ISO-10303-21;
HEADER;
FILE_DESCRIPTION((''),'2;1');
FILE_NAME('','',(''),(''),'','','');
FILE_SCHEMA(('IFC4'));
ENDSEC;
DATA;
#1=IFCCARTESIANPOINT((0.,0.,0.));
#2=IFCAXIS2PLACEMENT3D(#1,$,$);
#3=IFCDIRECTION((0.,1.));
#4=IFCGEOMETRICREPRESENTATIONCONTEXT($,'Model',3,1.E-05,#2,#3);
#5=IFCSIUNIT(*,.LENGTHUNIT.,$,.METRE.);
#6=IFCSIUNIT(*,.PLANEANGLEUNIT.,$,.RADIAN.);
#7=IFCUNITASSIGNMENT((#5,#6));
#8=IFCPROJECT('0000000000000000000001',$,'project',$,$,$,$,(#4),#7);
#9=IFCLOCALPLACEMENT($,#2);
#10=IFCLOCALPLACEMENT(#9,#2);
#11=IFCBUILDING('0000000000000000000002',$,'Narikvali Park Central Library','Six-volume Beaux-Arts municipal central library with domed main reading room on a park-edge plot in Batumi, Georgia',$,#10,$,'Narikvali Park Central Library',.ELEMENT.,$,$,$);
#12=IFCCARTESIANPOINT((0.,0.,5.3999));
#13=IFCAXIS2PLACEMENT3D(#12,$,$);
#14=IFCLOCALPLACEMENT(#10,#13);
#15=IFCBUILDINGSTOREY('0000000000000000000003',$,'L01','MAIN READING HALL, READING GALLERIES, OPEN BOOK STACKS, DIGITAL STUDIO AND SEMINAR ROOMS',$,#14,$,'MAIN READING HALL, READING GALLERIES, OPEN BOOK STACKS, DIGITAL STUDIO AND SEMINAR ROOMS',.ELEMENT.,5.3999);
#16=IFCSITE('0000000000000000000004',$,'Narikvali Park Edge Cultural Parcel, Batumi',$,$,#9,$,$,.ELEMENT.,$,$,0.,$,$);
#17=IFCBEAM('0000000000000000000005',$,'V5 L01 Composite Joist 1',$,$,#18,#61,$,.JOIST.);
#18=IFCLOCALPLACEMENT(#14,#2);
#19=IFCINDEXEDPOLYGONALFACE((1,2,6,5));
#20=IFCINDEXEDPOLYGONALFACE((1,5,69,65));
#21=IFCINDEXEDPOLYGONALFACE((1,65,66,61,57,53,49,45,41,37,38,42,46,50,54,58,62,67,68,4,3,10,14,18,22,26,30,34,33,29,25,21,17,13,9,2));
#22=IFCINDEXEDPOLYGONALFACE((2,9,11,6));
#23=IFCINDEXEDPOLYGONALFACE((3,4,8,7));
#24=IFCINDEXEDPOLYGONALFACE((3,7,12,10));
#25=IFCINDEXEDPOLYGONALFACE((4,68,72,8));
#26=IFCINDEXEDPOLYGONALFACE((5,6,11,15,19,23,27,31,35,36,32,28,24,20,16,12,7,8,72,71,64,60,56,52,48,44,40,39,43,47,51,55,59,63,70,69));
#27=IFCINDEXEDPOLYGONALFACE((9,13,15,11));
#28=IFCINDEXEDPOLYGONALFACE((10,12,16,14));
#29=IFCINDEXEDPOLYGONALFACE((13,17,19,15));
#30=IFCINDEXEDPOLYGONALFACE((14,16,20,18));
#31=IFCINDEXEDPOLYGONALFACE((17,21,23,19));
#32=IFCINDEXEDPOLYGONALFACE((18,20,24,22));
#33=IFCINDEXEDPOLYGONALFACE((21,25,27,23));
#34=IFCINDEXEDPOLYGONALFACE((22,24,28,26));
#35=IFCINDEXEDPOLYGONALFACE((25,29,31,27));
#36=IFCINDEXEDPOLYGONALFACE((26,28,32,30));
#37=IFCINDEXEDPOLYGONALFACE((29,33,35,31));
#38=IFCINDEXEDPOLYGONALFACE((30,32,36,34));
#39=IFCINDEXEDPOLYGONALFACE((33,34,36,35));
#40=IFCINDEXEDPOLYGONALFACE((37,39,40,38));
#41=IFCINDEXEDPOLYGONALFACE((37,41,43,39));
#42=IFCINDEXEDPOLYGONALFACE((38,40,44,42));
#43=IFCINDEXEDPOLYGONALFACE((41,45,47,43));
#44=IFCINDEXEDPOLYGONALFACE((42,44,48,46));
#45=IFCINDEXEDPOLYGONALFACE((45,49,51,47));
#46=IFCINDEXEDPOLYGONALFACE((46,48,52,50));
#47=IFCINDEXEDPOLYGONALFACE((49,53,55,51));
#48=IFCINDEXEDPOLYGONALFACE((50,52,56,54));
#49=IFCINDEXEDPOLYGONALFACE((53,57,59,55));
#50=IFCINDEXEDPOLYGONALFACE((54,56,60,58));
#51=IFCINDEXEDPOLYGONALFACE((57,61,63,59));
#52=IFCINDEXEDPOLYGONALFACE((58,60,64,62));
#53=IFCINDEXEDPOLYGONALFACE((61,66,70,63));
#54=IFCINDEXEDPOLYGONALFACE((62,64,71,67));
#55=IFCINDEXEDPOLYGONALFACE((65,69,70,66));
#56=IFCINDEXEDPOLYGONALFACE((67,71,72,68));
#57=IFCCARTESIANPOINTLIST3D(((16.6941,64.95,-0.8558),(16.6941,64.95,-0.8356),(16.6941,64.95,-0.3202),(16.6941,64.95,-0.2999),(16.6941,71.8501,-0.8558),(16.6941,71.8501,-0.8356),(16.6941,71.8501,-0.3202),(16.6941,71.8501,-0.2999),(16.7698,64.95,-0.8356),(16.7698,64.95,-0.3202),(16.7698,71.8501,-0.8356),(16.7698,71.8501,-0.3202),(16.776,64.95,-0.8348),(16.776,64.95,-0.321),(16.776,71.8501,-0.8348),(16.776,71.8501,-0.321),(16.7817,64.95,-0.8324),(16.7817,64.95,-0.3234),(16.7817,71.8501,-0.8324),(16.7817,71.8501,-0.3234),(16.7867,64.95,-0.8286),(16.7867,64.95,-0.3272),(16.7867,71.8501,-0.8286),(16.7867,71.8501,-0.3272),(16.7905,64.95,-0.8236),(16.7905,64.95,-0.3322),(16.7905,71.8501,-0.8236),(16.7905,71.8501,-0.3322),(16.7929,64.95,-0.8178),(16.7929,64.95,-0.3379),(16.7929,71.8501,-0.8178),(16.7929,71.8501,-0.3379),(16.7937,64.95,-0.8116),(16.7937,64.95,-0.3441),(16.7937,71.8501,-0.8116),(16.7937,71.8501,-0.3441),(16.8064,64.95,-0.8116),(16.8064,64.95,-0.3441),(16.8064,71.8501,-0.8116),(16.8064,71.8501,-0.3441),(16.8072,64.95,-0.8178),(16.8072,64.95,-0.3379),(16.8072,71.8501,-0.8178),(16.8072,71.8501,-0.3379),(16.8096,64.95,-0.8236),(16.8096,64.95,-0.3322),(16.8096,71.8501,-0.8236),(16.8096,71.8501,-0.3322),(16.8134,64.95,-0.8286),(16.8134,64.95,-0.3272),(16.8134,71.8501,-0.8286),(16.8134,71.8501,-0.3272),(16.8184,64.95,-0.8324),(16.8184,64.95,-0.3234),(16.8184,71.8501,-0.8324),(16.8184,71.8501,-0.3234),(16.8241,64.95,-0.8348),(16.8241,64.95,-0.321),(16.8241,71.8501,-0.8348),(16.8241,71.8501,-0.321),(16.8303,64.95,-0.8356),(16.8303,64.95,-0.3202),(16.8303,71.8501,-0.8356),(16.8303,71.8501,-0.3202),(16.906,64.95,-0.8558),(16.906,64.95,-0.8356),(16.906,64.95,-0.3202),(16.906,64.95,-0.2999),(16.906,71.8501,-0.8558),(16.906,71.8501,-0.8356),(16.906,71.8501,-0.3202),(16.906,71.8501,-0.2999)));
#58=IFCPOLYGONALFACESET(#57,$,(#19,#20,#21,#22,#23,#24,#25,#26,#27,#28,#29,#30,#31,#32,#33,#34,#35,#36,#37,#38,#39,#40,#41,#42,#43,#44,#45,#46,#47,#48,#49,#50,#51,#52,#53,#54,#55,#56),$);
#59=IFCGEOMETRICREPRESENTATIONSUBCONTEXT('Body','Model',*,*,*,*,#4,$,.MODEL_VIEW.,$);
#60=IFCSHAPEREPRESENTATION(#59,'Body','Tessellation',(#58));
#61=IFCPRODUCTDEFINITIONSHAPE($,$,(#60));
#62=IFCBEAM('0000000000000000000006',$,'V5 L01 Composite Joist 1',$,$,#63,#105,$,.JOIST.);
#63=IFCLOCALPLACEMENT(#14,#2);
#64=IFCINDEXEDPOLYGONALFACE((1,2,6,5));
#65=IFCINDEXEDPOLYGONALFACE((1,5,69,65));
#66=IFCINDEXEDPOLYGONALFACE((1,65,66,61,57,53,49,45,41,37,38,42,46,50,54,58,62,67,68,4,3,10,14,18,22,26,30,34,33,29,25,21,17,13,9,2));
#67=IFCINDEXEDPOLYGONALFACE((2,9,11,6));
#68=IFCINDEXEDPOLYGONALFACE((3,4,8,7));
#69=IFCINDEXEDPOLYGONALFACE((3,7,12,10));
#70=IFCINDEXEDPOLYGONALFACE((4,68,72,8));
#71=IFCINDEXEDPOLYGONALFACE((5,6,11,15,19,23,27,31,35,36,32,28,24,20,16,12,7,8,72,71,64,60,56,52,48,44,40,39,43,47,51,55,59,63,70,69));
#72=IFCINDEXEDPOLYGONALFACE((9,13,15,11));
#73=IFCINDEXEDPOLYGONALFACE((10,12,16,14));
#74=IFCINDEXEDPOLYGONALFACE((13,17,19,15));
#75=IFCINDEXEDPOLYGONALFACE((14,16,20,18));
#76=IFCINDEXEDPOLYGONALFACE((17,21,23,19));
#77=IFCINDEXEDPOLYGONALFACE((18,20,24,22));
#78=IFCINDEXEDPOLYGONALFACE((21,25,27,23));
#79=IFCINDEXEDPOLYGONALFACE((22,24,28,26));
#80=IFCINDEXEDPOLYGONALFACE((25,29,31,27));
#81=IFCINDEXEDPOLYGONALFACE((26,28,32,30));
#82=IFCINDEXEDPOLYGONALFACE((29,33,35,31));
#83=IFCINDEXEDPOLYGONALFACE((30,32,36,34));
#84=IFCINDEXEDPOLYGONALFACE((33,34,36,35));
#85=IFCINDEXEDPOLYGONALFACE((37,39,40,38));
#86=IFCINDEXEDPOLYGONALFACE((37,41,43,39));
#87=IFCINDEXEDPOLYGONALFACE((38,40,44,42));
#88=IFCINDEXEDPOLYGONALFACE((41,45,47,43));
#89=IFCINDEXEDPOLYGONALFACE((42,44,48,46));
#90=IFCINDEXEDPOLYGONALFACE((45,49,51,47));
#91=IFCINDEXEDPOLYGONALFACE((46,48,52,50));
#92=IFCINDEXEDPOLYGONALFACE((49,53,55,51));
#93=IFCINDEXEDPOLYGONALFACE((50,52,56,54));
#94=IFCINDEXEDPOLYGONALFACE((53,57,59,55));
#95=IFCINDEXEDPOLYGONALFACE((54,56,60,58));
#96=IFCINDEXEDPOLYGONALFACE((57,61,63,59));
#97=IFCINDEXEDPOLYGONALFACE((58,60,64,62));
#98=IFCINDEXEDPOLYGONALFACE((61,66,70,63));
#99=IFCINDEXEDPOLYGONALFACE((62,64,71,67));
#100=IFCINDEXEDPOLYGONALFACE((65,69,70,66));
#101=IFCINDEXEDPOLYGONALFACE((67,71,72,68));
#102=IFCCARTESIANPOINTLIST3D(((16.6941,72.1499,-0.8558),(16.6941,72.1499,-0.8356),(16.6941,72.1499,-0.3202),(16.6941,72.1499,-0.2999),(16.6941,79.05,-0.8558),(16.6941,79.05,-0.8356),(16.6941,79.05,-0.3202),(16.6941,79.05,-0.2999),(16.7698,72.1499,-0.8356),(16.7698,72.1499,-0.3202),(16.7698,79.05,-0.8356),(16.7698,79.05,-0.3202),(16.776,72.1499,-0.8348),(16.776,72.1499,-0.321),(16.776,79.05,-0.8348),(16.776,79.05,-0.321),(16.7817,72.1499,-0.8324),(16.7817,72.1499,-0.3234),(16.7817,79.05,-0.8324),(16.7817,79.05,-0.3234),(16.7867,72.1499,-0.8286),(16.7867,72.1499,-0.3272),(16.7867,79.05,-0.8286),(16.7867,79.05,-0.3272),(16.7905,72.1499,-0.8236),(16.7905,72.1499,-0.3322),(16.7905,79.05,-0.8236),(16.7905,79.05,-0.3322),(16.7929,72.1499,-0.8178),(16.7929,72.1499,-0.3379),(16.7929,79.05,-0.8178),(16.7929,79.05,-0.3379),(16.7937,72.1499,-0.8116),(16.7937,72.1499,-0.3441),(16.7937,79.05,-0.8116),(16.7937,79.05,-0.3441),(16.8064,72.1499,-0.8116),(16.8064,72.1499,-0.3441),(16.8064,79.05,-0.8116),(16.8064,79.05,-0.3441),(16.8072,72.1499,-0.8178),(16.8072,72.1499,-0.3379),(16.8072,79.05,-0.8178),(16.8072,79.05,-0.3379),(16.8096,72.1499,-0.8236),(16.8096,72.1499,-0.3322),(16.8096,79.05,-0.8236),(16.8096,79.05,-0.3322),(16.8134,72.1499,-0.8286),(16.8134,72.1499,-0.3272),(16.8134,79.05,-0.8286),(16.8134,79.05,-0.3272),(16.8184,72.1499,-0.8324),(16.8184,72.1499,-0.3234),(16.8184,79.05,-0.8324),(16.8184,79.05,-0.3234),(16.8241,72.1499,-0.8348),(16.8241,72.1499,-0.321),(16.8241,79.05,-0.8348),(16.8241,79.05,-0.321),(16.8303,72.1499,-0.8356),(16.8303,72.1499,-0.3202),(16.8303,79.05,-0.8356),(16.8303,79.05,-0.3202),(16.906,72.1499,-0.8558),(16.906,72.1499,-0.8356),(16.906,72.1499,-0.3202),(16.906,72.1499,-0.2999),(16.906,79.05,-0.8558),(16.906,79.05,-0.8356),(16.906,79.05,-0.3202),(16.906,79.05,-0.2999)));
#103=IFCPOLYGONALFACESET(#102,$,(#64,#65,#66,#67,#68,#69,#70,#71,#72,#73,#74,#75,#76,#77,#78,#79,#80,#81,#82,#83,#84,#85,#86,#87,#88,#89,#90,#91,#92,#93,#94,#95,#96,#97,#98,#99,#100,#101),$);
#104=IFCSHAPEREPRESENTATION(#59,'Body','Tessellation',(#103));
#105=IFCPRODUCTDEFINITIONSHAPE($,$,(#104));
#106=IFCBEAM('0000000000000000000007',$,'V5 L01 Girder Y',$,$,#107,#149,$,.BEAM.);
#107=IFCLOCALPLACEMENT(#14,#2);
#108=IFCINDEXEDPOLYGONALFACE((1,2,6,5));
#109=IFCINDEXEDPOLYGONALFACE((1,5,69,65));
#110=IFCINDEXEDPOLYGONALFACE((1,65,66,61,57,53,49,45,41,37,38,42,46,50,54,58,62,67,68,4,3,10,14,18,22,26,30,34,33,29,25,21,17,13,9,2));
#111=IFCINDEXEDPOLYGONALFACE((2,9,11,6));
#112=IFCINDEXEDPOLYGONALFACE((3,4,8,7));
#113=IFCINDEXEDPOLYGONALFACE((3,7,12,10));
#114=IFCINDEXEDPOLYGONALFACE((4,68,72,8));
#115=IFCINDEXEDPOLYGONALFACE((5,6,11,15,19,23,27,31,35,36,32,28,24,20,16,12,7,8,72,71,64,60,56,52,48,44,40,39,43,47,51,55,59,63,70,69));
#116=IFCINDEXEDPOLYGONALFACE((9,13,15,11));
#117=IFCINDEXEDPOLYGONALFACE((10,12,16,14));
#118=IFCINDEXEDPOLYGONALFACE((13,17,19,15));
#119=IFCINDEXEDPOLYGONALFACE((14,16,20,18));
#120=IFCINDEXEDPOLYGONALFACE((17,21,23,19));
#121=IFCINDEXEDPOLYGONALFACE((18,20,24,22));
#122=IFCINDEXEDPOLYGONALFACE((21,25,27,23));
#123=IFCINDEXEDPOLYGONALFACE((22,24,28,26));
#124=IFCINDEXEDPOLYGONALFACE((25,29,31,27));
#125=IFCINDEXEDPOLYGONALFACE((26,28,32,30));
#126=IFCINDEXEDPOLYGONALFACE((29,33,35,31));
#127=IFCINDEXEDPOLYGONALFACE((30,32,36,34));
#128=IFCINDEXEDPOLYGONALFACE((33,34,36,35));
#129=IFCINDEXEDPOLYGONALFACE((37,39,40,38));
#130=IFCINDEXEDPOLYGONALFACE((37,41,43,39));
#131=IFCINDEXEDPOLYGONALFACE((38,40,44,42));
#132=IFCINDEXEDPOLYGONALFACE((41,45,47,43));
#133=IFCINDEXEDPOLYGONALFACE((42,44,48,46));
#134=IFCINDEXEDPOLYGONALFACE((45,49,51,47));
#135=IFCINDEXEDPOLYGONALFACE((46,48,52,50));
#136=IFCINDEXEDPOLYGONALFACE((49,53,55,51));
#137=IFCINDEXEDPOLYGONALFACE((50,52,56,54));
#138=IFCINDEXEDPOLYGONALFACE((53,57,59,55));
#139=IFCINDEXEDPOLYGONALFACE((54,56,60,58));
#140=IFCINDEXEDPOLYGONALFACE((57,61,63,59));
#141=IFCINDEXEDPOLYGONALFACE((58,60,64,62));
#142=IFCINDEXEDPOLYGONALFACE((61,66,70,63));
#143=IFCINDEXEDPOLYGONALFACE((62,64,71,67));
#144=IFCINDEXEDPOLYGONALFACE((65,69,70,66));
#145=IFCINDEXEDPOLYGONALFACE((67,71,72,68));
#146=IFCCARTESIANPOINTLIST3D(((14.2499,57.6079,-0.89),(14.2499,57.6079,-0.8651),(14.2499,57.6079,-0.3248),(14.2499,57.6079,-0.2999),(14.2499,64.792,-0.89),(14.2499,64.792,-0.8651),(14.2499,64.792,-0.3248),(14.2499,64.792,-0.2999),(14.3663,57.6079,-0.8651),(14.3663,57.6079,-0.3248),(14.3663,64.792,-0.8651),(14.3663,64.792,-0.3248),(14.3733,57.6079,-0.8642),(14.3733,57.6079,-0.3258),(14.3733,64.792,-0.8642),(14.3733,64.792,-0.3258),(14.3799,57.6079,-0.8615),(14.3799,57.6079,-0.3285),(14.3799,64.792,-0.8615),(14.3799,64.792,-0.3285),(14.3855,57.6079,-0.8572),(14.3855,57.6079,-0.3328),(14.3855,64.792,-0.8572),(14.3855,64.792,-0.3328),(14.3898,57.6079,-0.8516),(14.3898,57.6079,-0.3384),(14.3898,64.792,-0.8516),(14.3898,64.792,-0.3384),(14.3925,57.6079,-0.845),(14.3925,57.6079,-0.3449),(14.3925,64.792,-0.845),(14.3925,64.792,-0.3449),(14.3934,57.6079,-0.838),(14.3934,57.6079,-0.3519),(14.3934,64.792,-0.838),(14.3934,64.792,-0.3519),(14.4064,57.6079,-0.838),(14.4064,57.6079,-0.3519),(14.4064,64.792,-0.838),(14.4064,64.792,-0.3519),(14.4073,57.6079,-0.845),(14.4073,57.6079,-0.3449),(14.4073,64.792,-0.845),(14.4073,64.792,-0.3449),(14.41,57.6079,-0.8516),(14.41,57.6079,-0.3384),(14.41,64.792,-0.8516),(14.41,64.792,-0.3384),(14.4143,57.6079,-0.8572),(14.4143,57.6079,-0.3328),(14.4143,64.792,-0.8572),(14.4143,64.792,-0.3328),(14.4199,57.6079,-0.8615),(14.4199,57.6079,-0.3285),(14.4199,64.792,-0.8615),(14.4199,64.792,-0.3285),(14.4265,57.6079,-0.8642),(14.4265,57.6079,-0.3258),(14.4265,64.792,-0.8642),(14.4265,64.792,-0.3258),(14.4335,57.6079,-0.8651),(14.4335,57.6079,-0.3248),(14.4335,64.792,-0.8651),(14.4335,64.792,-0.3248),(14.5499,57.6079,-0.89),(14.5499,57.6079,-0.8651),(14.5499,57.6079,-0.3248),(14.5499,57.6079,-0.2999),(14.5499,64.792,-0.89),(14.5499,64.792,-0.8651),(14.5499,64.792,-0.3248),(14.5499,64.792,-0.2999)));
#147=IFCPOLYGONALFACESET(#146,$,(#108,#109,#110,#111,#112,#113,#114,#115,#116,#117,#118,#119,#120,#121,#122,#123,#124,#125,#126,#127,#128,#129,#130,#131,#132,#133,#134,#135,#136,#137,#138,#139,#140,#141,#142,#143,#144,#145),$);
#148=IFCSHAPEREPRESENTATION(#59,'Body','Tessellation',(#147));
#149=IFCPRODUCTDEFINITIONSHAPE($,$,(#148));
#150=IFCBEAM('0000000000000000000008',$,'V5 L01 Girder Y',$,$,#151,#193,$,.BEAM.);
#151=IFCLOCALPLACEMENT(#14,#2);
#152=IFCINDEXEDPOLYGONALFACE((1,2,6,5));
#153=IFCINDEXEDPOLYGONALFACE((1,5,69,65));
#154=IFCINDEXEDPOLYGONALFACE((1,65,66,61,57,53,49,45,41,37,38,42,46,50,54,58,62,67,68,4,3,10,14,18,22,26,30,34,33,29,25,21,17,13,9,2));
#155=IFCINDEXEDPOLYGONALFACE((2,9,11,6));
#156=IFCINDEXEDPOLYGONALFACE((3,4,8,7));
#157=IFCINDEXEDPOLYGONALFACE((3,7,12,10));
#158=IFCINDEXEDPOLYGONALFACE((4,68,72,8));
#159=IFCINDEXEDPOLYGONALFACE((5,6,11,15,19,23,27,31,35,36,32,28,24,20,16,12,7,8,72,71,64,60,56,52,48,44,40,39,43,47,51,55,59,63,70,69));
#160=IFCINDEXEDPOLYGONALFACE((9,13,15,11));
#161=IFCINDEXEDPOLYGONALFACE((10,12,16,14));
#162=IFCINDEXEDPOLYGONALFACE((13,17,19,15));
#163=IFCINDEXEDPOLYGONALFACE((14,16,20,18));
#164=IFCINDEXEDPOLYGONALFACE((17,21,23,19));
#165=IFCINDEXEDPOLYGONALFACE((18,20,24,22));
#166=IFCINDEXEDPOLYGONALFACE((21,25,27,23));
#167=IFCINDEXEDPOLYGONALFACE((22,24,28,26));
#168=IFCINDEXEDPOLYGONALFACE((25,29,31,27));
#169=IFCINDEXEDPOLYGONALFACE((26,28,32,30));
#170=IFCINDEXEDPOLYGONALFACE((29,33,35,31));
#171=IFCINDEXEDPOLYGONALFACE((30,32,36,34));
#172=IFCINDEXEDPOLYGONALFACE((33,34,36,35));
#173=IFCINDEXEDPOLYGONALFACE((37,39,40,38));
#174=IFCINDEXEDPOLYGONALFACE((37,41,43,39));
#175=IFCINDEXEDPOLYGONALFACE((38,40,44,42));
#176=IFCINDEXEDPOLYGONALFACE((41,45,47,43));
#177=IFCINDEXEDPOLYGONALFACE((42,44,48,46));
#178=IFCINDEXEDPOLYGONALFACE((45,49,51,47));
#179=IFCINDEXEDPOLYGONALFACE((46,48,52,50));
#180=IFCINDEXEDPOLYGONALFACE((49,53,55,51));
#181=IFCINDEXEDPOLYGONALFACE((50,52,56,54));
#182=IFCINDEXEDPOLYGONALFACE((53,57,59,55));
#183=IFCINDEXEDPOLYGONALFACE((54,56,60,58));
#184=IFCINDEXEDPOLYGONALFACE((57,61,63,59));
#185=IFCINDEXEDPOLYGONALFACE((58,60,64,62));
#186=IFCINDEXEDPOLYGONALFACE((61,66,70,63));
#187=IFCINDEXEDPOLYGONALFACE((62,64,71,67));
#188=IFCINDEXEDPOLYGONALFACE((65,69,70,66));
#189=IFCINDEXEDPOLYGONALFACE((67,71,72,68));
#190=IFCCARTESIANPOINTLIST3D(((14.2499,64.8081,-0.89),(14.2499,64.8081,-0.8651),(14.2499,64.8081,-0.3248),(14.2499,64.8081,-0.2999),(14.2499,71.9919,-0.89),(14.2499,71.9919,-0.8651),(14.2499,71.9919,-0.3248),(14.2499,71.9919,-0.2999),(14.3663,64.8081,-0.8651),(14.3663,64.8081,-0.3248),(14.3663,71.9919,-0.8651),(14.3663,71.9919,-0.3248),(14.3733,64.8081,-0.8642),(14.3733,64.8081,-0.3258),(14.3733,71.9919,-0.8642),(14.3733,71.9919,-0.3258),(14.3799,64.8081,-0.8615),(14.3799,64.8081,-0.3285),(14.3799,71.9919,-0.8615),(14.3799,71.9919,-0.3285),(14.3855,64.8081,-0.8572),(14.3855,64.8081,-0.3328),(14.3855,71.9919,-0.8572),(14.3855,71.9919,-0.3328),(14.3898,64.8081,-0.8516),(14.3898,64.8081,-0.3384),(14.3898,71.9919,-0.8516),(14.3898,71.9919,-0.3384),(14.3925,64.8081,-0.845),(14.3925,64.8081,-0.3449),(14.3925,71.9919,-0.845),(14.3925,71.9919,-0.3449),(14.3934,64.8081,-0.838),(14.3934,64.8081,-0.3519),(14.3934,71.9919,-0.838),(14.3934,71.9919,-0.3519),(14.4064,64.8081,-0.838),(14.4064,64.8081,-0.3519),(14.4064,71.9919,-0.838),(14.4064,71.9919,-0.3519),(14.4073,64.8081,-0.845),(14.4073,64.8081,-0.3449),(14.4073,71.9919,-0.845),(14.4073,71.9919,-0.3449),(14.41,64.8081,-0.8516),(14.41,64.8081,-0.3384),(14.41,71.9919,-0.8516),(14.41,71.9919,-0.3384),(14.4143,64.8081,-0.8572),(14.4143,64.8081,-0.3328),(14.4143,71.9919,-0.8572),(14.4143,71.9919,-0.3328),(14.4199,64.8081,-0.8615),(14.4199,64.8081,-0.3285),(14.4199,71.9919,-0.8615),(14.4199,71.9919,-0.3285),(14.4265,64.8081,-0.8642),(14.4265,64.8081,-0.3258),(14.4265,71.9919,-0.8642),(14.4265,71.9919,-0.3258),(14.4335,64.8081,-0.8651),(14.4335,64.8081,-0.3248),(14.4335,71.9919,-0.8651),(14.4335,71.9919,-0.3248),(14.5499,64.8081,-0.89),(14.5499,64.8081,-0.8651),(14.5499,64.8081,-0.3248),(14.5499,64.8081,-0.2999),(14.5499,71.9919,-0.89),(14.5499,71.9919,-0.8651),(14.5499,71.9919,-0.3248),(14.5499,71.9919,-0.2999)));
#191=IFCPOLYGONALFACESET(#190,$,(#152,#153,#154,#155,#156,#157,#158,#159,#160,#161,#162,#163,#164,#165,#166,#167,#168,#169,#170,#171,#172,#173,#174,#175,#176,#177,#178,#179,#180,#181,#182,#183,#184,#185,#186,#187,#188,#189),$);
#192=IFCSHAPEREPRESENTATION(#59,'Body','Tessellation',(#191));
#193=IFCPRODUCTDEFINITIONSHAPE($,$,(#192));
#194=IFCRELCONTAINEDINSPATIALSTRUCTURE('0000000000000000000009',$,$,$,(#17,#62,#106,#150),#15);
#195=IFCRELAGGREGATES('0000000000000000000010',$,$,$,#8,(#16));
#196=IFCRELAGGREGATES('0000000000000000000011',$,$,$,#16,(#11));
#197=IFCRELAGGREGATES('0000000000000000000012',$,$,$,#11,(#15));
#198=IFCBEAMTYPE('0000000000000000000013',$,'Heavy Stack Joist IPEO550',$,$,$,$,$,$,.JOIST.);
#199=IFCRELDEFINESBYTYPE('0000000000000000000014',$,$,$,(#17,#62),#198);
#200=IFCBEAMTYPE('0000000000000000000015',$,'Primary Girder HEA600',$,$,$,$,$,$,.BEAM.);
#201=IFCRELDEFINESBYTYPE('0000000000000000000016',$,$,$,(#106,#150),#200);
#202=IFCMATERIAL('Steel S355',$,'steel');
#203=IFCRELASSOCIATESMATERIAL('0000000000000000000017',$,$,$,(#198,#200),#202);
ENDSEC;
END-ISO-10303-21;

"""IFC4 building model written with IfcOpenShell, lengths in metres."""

from ifc_helpers import new_model, si_unit, direction, frame, origin, origin_2d, place, context, subcontext, project, spatial, i_section, extrude, material, material_profile, profile_set, type_object, element, save


model = new_model("IFC4")

# Units and contexts
model_context = context("Model", 3, precision=1e-05, world=origin(), true_north=direction((0.0, 1.0)))
body_context = subcontext(model_context, "Body", "Model", "MODEL_VIEW")
ifc_project = project(units=[si_unit("LENGTHUNIT", "METRE"), si_unit("PLANEANGLEUNIT", "RADIAN")], contexts=[model_context])

# Site, building, storey
site_placement = place(None, origin())
site = spatial("IfcSite", under=ifc_project, at=site_placement, Name="Narikvali Park Edge Cultural Parcel, Batumi", CompositionType="ELEMENT", RefElevation=0.0)
building_placement = place(site_placement, origin())
building = spatial("IfcBuilding", under=site, at=building_placement, Name="Narikvali Park Central Library", Description="Six-volume Beaux-Arts municipal central library with domed main reading room on a park-edge plot in Batumi, Georgia", LongName="Narikvali Park Central Library", CompositionType="ELEMENT")
storey_placement = place(building_placement, frame((0.0, 0.0, 5.3999)))
storey = spatial("IfcBuildingStorey", under=building, at=storey_placement, Name="L01", Description="MAIN READING HALL, READING GALLERIES, OPEN BOOK STACKS, DIGITAL STUDIO AND SEMINAR ROOMS", LongName="MAIN READING HALL, READING GALLERIES, OPEN BOOK STACKS, DIGITAL STUDIO AND SEMINAR ROOMS", CompositionType="ELEMENT", Elevation=5.3999)

# Shared definitions
ifc_material_1 = material(Name="Steel S355", Category="steel")

# Beams
ifc_material_profile_1 = material_profile(ifc_material_1, i_section(OverallWidth=0.2119, OverallDepth=0.5559, WebThickness=0.0127, FlangeThickness=0.0203, FilletRadius=0.0239, at=origin_2d()), Name="IPEO 550")
ifc_profile_set_1 = profile_set([ifc_material_profile_1], Name="Steel S355")
beam_type_1 = type_object("IfcBeamType", Name="Heavy Stack Joist IPEO550", PredefinedType="JOIST", material=ifc_profile_set_1)
for number, where, z_axis, x_axis, name in (
    (1, (16.8, 64.95, -0.5779), (0.0, 1.0, 0.0), (-1.0, 0.0, 0.0), "V5 L01 Composite Joist 1"),
    (2, (16.8, 72.1499, -0.5779), (0.0, 1.0, 0.0), (-1.0, 0.0, 0.0), "V5 L01 Composite Joist 1"),
):
    element("IfcBeam", number, at=place(storey_placement, frame(where, z_axis=z_axis, x_axis=x_axis)), inside=storey, type_object=beam_type_1, Name=name, PredefinedType="JOIST", context=body_context, shape_type="SweptSolid", body=[
        extrude(i_section(OverallWidth=0.2119, OverallDepth=0.5559, WebThickness=0.0127, FlangeThickness=0.0203, FilletRadius=0.0239, at=origin_2d()), origin(), (0.0, 0.0, 1.0), 6.9001),
    ])
ifc_material_profile_2 = material_profile(ifc_material_1, i_section(OverallWidth=0.3, OverallDepth=0.5901, WebThickness=0.0129, FlangeThickness=0.0249, FilletRadius=0.0271, at=origin_2d()), Name="HEA 600")
ifc_profile_set_2 = profile_set([ifc_material_profile_2], Name="Steel S355")
beam_type_2 = type_object("IfcBeamType", Name="Primary Girder HEA600", PredefinedType="BEAM", material=ifc_profile_set_2)
beam_placement = place(storey_placement, frame((14.3999, 57.6079, -0.595), z_axis=(0.0, 1.0, 0.0), x_axis=(-1.0, 0.0, 0.0)))
element("IfcBeam", 3, at=beam_placement, inside=storey, type_object=beam_type_2, Name="V5 L01 Girder Y", PredefinedType="BEAM", context=body_context, shape_type="SweptSolid", body=[
    extrude(i_section(OverallWidth=0.3, OverallDepth=0.5901, WebThickness=0.0129, FlangeThickness=0.0249, FilletRadius=0.0271, at=origin_2d()), origin(), (0.0, 0.0, 1.0), 7.1841),
])
for number, where, z_axis, x_axis, name in (
    (4, (14.3999, 64.8081, -0.595), (0.0, 1.0, 0.0), (-1.0, 0.0, 0.0), "V5 L01 Girder Y"),
):
    element("IfcBeam", number, at=place(storey_placement, frame(where, z_axis=z_axis, x_axis=x_axis)), inside=storey, type_object=beam_type_2, Name=name, PredefinedType="BEAM", context=body_context, shape_type="SweptSolid", body=[
        extrude(i_section(OverallWidth=0.3, OverallDepth=0.5901, WebThickness=0.0129, FlangeThickness=0.0249, FilletRadius=0.0271, at=origin_2d()), origin(), (0.0, 0.0, 1.0), 7.1838),
    ])

save(model, "model.ifc")
